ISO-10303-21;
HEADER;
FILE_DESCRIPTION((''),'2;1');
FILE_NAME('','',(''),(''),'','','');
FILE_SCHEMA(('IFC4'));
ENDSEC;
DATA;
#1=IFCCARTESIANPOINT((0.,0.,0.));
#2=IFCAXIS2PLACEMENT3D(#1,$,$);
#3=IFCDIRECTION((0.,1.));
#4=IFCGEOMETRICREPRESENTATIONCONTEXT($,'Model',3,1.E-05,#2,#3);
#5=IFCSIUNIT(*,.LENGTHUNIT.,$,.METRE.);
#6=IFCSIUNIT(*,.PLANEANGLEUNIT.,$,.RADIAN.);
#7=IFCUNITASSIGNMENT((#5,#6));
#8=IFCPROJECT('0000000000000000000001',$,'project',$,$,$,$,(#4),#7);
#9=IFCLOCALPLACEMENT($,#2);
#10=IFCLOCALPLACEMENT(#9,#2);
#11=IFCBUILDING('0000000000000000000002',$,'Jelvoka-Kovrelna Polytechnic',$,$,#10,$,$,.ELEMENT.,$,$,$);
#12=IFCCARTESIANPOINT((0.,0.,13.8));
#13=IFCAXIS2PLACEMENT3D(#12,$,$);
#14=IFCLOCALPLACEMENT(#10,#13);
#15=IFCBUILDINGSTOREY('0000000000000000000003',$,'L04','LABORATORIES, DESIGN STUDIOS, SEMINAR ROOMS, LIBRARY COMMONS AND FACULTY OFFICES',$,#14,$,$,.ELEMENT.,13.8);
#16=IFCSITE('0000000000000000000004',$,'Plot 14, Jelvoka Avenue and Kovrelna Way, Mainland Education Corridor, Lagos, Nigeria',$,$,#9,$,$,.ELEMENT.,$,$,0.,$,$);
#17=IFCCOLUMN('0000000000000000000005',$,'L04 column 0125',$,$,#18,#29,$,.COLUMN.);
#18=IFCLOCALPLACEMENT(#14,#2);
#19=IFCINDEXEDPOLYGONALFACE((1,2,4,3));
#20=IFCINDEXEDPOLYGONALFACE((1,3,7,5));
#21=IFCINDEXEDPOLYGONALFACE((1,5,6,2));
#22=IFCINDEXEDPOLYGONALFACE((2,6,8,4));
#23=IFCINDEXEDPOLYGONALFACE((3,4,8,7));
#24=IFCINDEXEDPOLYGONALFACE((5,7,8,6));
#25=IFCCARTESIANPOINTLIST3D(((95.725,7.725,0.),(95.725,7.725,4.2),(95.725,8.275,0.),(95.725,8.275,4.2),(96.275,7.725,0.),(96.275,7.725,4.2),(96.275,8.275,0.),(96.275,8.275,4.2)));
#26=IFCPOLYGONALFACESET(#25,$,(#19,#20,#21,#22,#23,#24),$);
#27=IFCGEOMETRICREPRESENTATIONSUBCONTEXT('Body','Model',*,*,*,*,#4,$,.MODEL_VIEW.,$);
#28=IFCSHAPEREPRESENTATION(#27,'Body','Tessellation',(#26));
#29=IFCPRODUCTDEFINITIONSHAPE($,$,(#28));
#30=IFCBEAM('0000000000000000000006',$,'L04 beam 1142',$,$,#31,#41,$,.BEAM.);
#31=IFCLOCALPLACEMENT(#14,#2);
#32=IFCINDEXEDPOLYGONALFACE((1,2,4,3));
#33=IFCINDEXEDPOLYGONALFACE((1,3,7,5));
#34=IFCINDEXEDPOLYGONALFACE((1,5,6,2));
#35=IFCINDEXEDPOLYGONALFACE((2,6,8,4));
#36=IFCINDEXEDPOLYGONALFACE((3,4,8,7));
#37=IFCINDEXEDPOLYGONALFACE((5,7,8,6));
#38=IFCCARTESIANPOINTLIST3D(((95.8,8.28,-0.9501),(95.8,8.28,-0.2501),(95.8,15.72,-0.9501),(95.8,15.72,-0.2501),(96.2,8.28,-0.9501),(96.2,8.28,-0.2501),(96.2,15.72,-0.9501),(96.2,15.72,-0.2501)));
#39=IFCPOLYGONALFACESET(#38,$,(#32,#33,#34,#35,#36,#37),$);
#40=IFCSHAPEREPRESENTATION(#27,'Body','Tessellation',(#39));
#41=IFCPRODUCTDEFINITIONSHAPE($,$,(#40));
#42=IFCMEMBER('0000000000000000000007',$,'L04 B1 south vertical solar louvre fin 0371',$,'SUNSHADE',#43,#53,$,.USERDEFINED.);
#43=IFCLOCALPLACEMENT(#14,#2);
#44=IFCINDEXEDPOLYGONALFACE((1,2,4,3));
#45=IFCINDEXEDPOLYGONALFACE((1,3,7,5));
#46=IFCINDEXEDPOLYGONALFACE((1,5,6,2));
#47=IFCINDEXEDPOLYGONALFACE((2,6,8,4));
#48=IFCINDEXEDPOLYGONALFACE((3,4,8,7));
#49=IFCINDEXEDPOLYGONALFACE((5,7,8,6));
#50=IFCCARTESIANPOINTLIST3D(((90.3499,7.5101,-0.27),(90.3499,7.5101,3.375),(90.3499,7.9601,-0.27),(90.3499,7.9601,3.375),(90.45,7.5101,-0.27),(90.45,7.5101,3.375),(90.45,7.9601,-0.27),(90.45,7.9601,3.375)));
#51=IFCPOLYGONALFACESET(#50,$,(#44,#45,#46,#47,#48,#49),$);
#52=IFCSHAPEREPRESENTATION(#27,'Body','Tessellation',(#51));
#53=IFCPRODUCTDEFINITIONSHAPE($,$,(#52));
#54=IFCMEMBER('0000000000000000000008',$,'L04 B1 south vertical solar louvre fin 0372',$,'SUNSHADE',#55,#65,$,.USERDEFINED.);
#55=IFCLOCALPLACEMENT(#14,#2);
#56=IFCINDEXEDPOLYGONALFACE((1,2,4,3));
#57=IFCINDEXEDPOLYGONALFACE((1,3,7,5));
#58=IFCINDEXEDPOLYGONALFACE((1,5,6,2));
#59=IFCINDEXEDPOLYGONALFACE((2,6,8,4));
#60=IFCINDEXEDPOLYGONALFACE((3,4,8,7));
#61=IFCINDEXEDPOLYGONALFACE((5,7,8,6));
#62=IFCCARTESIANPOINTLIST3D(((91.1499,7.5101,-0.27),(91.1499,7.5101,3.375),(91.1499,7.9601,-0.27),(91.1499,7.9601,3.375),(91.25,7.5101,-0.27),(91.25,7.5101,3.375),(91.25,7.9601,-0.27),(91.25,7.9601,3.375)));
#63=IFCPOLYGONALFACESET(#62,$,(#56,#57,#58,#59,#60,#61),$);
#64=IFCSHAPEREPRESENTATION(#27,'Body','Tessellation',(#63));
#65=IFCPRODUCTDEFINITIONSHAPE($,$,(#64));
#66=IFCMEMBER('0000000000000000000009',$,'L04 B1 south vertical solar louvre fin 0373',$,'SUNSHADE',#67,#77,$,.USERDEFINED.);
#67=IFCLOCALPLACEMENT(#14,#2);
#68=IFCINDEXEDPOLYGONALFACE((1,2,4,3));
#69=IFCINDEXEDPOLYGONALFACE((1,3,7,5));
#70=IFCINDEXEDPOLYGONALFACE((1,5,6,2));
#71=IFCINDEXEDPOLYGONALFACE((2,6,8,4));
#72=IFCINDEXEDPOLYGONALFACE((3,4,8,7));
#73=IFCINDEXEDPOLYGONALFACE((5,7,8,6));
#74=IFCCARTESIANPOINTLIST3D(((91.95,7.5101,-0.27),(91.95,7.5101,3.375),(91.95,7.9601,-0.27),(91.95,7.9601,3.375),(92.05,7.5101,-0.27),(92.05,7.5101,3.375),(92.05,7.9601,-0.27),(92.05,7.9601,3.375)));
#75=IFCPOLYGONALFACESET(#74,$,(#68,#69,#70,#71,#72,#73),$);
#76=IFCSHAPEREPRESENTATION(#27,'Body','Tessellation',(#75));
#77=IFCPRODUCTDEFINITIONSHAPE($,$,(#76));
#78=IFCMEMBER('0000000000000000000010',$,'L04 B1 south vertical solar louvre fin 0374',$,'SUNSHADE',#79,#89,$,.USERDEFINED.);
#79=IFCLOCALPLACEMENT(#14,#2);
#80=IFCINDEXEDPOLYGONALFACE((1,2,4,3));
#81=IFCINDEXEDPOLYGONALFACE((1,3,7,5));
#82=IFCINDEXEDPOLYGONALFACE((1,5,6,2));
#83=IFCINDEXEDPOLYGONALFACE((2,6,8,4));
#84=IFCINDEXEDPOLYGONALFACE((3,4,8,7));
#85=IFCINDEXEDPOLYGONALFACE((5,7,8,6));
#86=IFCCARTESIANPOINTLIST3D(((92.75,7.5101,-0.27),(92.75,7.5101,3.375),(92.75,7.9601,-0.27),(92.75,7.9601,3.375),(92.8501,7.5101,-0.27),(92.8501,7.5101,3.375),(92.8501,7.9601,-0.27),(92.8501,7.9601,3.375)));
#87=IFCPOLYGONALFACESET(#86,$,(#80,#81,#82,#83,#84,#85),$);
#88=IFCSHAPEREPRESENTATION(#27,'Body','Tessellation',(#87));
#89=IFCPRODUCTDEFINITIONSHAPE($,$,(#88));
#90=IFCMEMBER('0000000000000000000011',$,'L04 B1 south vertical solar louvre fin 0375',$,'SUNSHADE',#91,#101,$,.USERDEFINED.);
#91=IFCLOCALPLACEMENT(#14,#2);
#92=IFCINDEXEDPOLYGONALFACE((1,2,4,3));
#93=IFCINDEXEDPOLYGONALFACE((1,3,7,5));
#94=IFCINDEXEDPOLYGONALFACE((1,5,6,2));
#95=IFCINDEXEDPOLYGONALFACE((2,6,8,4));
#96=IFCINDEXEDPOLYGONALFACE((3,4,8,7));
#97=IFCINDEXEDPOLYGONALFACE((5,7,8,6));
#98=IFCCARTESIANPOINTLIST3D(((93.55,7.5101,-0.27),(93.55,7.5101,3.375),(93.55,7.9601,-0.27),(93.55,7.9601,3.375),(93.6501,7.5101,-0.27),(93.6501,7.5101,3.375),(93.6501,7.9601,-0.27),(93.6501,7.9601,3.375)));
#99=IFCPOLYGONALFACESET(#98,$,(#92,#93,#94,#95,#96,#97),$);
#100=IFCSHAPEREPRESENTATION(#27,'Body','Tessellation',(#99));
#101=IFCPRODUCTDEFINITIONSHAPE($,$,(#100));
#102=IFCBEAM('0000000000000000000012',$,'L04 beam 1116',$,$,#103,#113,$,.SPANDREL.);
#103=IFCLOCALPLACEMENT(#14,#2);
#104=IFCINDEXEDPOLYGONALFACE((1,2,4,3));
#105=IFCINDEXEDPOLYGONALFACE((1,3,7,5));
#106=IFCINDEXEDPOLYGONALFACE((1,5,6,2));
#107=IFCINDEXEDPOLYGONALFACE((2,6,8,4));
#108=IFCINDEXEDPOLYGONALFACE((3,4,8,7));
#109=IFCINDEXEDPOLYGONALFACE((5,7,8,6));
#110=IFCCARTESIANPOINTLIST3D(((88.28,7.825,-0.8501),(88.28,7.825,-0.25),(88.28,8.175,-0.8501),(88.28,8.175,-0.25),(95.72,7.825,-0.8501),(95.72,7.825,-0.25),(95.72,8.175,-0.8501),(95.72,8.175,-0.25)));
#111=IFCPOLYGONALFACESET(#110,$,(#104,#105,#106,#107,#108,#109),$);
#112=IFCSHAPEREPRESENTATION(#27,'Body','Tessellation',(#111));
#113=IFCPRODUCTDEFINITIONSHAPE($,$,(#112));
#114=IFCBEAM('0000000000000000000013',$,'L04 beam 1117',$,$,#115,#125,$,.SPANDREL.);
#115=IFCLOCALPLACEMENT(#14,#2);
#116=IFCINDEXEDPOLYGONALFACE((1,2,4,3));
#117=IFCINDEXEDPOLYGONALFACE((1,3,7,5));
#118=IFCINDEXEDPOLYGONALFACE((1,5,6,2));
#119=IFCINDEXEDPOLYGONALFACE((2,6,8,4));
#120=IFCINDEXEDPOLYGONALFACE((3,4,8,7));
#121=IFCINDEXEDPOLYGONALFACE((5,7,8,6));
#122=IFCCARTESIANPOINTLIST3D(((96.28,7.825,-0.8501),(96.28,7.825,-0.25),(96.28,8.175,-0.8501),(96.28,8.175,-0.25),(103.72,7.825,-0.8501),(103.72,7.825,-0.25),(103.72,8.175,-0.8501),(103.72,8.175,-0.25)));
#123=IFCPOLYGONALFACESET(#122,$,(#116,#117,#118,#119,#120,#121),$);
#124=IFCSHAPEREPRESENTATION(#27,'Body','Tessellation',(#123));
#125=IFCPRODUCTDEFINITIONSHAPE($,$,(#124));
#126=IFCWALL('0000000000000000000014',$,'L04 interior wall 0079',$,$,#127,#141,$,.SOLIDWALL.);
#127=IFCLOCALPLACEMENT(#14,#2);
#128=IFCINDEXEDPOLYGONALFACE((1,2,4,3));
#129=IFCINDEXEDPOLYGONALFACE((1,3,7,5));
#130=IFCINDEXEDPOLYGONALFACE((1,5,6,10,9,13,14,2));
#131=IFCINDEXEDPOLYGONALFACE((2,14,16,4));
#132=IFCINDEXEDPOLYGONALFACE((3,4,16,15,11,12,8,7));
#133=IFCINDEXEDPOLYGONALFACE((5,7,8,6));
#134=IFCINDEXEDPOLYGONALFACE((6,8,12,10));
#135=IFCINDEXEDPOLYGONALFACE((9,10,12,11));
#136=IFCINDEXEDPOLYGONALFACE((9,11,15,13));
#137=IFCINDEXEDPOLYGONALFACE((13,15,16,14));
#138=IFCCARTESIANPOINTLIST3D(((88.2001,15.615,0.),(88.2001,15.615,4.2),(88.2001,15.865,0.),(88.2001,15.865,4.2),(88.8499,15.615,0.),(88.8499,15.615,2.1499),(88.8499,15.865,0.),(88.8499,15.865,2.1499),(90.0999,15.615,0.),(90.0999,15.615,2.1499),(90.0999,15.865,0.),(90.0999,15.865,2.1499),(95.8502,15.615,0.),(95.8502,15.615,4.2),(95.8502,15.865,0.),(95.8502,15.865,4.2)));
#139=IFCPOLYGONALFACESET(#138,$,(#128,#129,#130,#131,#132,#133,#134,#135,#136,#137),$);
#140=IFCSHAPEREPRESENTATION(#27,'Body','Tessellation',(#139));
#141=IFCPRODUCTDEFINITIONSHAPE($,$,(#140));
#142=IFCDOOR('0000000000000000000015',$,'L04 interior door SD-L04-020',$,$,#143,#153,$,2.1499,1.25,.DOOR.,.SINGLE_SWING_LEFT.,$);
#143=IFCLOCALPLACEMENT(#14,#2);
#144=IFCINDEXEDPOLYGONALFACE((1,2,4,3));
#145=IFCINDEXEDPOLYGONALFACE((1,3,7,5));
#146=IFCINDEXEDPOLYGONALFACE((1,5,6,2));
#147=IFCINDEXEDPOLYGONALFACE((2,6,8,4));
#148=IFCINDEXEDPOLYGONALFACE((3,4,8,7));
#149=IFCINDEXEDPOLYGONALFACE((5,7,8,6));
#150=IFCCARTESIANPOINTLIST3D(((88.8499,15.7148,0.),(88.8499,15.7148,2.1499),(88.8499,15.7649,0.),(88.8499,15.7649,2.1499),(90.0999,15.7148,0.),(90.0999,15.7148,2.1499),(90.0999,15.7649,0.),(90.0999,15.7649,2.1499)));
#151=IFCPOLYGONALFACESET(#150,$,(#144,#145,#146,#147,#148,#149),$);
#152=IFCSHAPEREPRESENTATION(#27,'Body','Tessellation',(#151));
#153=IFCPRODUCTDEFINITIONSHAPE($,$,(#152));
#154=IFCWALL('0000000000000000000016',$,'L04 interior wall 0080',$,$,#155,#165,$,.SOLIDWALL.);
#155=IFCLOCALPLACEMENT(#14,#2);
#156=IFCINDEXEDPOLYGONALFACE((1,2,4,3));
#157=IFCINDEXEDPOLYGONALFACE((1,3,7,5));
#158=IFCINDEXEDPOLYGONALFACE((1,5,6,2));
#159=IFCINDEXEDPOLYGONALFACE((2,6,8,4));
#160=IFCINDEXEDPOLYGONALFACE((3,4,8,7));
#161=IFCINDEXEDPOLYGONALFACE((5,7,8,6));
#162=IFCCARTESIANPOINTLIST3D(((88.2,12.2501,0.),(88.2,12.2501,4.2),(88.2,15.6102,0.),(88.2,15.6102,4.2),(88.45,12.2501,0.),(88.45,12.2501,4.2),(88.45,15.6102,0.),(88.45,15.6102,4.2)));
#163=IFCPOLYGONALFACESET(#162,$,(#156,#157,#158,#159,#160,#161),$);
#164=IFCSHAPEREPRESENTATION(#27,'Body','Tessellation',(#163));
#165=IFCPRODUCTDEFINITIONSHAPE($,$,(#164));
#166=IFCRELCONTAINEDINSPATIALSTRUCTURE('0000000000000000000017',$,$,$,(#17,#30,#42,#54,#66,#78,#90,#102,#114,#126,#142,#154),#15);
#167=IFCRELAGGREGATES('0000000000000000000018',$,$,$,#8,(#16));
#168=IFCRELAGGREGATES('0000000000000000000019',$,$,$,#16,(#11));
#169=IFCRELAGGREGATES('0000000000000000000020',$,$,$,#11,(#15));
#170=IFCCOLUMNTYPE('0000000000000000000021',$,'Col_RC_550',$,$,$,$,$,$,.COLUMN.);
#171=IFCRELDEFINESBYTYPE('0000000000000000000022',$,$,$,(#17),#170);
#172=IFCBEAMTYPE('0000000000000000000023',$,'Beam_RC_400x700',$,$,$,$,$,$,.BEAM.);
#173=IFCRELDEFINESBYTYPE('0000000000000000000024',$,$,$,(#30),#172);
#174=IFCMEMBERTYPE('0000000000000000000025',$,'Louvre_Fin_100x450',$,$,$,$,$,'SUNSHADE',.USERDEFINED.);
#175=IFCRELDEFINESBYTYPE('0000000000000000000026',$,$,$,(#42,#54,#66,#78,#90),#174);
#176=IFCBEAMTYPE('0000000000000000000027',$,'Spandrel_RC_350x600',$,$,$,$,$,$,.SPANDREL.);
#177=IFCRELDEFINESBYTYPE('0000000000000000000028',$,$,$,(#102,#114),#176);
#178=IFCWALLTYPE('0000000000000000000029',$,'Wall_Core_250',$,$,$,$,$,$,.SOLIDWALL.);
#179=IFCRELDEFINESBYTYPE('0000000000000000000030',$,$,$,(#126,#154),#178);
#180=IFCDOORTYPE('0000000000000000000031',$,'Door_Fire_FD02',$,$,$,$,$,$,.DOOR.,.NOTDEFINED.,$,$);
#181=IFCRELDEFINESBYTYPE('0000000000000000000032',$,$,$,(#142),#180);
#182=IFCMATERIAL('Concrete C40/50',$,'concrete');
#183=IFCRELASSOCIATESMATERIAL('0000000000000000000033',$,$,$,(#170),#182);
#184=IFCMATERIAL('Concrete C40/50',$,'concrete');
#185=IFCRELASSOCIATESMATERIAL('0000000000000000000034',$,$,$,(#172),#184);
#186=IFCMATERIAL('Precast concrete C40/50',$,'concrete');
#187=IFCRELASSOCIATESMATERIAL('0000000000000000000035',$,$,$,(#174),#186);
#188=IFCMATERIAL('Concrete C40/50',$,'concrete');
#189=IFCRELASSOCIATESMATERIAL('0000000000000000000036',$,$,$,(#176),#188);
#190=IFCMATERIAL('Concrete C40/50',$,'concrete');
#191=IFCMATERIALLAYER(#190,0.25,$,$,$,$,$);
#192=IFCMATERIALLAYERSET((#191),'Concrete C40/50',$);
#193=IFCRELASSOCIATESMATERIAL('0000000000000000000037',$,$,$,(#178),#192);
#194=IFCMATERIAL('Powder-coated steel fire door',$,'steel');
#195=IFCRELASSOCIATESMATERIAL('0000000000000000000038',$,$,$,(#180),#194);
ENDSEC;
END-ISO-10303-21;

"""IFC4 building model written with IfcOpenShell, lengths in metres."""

from ifc_helpers import new_model, si_unit, direction, frame, frame_2d, origin, origin_2d, place, context, subcontext, project, spatial, rectangle, extrude, material, layer, layer_set, material_profile, profile_set, type_object, element, fill, save


model = new_model("IFC4")

# Units and contexts
model_context = context("Model", 3, precision=1e-05, world=origin(), true_north=direction((0.0, 1.0)))
body_context = subcontext(model_context, "Body", "Model", "MODEL_VIEW")
ifc_project = project(units=[si_unit("LENGTHUNIT", "METRE"), si_unit("PLANEANGLEUNIT", "RADIAN")], contexts=[model_context])

# Site, building, storey
site_placement = place(None, origin())
site = spatial("IfcSite", under=ifc_project, at=site_placement, Name="Plot 14, Jelvoka Avenue and Kovrelna Way, Mainland Education Corridor, Lagos, Nigeria", CompositionType="ELEMENT", RefElevation=0.0)
building_placement = place(site_placement, origin())
building = spatial("IfcBuilding", under=site, at=building_placement, Name="Jelvoka-Kovrelna Polytechnic", CompositionType="ELEMENT")
storey_placement = place(building_placement, frame((0.0, 0.0, 13.8)))
storey = spatial("IfcBuildingStorey", under=building, at=storey_placement, Name="L04", Description="LABORATORIES, DESIGN STUDIOS, SEMINAR ROOMS, LIBRARY COMMONS AND FACULTY OFFICES", CompositionType="ELEMENT", Elevation=13.8)

# Column
ifc_material_1 = material(Name="Concrete C40/50", Category="concrete")
ifc_material_profile_1 = material_profile(ifc_material_1, rectangle(XDim=0.55, YDim=0.55, at=origin_2d()), Name="RC 550x550")
ifc_profile_set_1 = profile_set([ifc_material_profile_1], Name="Concrete C40/50")
column_type = type_object("IfcColumnType", Name="Col_RC_550", PredefinedType="COLUMN", material=ifc_profile_set_1)
column_placement = place(storey_placement, frame((96.0, 8.0, 0.0), z_axis=(0.0, 0.0, 1.0), x_axis=(1.0, 0.0, 0.0)))
element("IfcColumn", 1, at=column_placement, inside=storey, type_object=column_type, Name="L04 column 0125", PredefinedType="COLUMN", context=body_context, shape_type="SweptSolid", body=[
    extrude(rectangle(XDim=0.55, YDim=0.55, at=origin_2d()), origin(), (0.0, 0.0, 1.0), 4.2),
])

# Beam
ifc_material_2 = material(Name="Concrete C40/50", Category="concrete")
ifc_material_profile_2 = material_profile(ifc_material_2, rectangle(XDim=0.3999, YDim=0.7, at=origin_2d()), Name="RC 400x700")
ifc_profile_set_2 = profile_set([ifc_material_profile_2], Name="Concrete C40/50")
beam_type_1 = type_object("IfcBeamType", Name="Beam_RC_400x700", PredefinedType="BEAM", material=ifc_profile_set_2)
beam_placement = place(storey_placement, frame((96.0, 8.28, -0.6001), z_axis=(0.0, 1.0, 0.0), x_axis=(-1.0, 0.0, 0.0)))
element("IfcBeam", 2, at=beam_placement, inside=storey, type_object=beam_type_1, Name="L04 beam 1142", PredefinedType="BEAM", context=body_context, shape_type="SweptSolid", body=[
    extrude(rectangle(XDim=0.3999, YDim=0.7, at=origin_2d()), origin(), (0.0, 0.0, 1.0), 7.4399),
])

# Members
ifc_material_3 = material(Name="Precast concrete C40/50", Category="concrete")
ifc_material_profile_3 = material_profile(ifc_material_3, rectangle(XDim=0.1001, YDim=0.45, at=origin_2d()), Name="PC 100x450")
ifc_profile_set_3 = profile_set([ifc_material_profile_3], Name="Precast concrete C40/50")
member_type = type_object("IfcMemberType", Name="Louvre_Fin_100x450", ElementType="SUNSHADE", PredefinedType="USERDEFINED", material=ifc_profile_set_3)
for number, where, z_axis, x_axis, name in (
    (3, (90.3999, 7.7351, -0.27), (0.0, 0.0, 1.0), (1.0, 0.0, 0.0), "L04 B1 south vertical solar louvre fin 0371"),
    (4, (91.2, 7.7351, -0.27), (0.0, 0.0, 1.0), (1.0, 0.0, 0.0), "L04 B1 south vertical solar louvre fin 0372"),
    (5, (92.0, 7.7351, -0.27), (0.0, 0.0, 1.0), (1.0, 0.0, 0.0), "L04 B1 south vertical solar louvre fin 0373"),
    (6, (92.8, 7.7351, -0.27), (0.0, 0.0, 1.0), (1.0, 0.0, 0.0), "L04 B1 south vertical solar louvre fin 0374"),
    (7, (93.6001, 7.7351, -0.27), (0.0, 0.0, 1.0), (1.0, 0.0, 0.0), "L04 B1 south vertical solar louvre fin 0375"),
):
    element("IfcMember", number, at=place(storey_placement, frame(where, z_axis=z_axis, x_axis=x_axis)), inside=storey, type_object=member_type, Name=name, ObjectType="SUNSHADE", PredefinedType="USERDEFINED", context=body_context, shape_type="SweptSolid", body=[
        extrude(rectangle(XDim=0.1001, YDim=0.45, at=origin_2d()), origin(), (0.0, 0.0, 1.0), 3.645),
    ])

# Beams
ifc_material_4 = material(Name="Concrete C40/50", Category="concrete")
ifc_material_profile_4 = material_profile(ifc_material_4, rectangle(XDim=0.3501, YDim=0.6001, at=origin_2d()), Name="RC 350x600")
ifc_profile_set_4 = profile_set([ifc_material_profile_4], Name="Concrete C40/50")
beam_type_2 = type_object("IfcBeamType", Name="Spandrel_RC_350x600", PredefinedType="SPANDREL", material=ifc_profile_set_4)
for number, where, z_axis, x_axis, name in (
    (8, (88.28, 8.0, -0.55), (1.0, 0.0, 0.0), (0.0, 1.0, 0.0), "L04 beam 1116"),
    (9, (96.28, 8.0, -0.55), (1.0, 0.0, 0.0), (0.0, 1.0, 0.0), "L04 beam 1117"),
):
    element("IfcBeam", number, at=place(storey_placement, frame(where, z_axis=z_axis, x_axis=x_axis)), inside=storey, type_object=beam_type_2, Name=name, PredefinedType="SPANDREL", context=body_context, shape_type="SweptSolid", body=[
        extrude(rectangle(XDim=0.3501, YDim=0.6001, at=origin_2d()), origin(), (0.0, 0.0, 1.0), 7.4399),
    ])

# Wall, opening, door
ifc_material_5 = material(Name="Concrete C40/50", Category="concrete")
ifc_layer_1 = layer(ifc_material_5, 0.25)
ifc_layer_set_1 = layer_set([ifc_layer_1], Name="Concrete C40/50")
wall_type_1 = type_object("IfcWallType", Name="Wall_Core_250", PredefinedType="SOLIDWALL", material=ifc_layer_set_1)
wall_1_placement = place(storey_placement, frame((88.2, 15.74, 0.0), z_axis=(0.0, 0.0, 1.0), x_axis=(1.0, 0.0, 0.0)))
wall_1 = element("IfcWall", 10, at=wall_1_placement, inside=storey, type_object=wall_type_1, Name="L04 interior wall 0079", PredefinedType="SOLIDWALL", context=body_context, shape_type="SweptSolid", body=[
    extrude(rectangle(XDim=7.6501, YDim=0.25, at=frame_2d((3.8252, 0.0))), origin(), (0.0, 0.0, 1.0), 4.2),
])
opening_1_placement = place(wall_1_placement, frame((0.6499, 0.0, 0.0)))
opening_1 = element("IfcOpeningElement", 11, at=opening_1_placement, cuts=wall_1, PredefinedType="OPENING", context=body_context, shape_type="SweptSolid", body=[
    extrude(rectangle(XDim=1.25, YDim=2.1499, at=frame_2d((0.625, 1.075))), frame((0.0, 0.135, 0.0), z_axis=(0.0, -1.0, 0.0), x_axis=(1.0, 0.0, 0.0)), (0.0, 0.0, 1.0), 0.27),
])
ifc_material_6 = material(Name="Powder-coated steel fire door", Category="steel")
door_type = type_object("IfcDoorType", Name="Door_Fire_FD02", OperationType="NOTDEFINED", PredefinedType="DOOR", material=ifc_material_6)
door_placement = place(opening_1_placement, origin())
door = element("IfcDoor", 12, at=door_placement, inside=storey, type_object=door_type, Name="L04 interior door SD-L04-020", OperationType="SINGLE_SWING_LEFT", OverallHeight=2.1499, OverallWidth=1.25, PredefinedType="DOOR", context=body_context, shape_type="SweptSolid", body=[
    extrude(rectangle(XDim=1.25, YDim=2.1499, at=frame_2d((0.625, 1.075))), frame((0.0, 0.0249, 0.0), z_axis=(0.0, -1.0, 0.0), x_axis=(1.0, 0.0, 0.0)), (0.0, 0.0, 1.0), 0.05),
])
fill(opening_1, door)

# Wall
wall_2_placement = place(storey_placement, frame((88.325, 12.25, 0.0), z_axis=(0.0, 0.0, 1.0), x_axis=(0.0, 1.0, 0.0)))
element("IfcWall", 13, at=wall_2_placement, inside=storey, type_object=wall_type_1, Name="L04 interior wall 0080", PredefinedType="SOLIDWALL", context=body_context, shape_type="SweptSolid", body=[
    extrude(rectangle(XDim=3.3601, YDim=0.25, at=frame_2d((1.6802, 0.0))), origin(), (0.0, 0.0, 1.0), 4.2),
])

save(model, "model.ifc")
